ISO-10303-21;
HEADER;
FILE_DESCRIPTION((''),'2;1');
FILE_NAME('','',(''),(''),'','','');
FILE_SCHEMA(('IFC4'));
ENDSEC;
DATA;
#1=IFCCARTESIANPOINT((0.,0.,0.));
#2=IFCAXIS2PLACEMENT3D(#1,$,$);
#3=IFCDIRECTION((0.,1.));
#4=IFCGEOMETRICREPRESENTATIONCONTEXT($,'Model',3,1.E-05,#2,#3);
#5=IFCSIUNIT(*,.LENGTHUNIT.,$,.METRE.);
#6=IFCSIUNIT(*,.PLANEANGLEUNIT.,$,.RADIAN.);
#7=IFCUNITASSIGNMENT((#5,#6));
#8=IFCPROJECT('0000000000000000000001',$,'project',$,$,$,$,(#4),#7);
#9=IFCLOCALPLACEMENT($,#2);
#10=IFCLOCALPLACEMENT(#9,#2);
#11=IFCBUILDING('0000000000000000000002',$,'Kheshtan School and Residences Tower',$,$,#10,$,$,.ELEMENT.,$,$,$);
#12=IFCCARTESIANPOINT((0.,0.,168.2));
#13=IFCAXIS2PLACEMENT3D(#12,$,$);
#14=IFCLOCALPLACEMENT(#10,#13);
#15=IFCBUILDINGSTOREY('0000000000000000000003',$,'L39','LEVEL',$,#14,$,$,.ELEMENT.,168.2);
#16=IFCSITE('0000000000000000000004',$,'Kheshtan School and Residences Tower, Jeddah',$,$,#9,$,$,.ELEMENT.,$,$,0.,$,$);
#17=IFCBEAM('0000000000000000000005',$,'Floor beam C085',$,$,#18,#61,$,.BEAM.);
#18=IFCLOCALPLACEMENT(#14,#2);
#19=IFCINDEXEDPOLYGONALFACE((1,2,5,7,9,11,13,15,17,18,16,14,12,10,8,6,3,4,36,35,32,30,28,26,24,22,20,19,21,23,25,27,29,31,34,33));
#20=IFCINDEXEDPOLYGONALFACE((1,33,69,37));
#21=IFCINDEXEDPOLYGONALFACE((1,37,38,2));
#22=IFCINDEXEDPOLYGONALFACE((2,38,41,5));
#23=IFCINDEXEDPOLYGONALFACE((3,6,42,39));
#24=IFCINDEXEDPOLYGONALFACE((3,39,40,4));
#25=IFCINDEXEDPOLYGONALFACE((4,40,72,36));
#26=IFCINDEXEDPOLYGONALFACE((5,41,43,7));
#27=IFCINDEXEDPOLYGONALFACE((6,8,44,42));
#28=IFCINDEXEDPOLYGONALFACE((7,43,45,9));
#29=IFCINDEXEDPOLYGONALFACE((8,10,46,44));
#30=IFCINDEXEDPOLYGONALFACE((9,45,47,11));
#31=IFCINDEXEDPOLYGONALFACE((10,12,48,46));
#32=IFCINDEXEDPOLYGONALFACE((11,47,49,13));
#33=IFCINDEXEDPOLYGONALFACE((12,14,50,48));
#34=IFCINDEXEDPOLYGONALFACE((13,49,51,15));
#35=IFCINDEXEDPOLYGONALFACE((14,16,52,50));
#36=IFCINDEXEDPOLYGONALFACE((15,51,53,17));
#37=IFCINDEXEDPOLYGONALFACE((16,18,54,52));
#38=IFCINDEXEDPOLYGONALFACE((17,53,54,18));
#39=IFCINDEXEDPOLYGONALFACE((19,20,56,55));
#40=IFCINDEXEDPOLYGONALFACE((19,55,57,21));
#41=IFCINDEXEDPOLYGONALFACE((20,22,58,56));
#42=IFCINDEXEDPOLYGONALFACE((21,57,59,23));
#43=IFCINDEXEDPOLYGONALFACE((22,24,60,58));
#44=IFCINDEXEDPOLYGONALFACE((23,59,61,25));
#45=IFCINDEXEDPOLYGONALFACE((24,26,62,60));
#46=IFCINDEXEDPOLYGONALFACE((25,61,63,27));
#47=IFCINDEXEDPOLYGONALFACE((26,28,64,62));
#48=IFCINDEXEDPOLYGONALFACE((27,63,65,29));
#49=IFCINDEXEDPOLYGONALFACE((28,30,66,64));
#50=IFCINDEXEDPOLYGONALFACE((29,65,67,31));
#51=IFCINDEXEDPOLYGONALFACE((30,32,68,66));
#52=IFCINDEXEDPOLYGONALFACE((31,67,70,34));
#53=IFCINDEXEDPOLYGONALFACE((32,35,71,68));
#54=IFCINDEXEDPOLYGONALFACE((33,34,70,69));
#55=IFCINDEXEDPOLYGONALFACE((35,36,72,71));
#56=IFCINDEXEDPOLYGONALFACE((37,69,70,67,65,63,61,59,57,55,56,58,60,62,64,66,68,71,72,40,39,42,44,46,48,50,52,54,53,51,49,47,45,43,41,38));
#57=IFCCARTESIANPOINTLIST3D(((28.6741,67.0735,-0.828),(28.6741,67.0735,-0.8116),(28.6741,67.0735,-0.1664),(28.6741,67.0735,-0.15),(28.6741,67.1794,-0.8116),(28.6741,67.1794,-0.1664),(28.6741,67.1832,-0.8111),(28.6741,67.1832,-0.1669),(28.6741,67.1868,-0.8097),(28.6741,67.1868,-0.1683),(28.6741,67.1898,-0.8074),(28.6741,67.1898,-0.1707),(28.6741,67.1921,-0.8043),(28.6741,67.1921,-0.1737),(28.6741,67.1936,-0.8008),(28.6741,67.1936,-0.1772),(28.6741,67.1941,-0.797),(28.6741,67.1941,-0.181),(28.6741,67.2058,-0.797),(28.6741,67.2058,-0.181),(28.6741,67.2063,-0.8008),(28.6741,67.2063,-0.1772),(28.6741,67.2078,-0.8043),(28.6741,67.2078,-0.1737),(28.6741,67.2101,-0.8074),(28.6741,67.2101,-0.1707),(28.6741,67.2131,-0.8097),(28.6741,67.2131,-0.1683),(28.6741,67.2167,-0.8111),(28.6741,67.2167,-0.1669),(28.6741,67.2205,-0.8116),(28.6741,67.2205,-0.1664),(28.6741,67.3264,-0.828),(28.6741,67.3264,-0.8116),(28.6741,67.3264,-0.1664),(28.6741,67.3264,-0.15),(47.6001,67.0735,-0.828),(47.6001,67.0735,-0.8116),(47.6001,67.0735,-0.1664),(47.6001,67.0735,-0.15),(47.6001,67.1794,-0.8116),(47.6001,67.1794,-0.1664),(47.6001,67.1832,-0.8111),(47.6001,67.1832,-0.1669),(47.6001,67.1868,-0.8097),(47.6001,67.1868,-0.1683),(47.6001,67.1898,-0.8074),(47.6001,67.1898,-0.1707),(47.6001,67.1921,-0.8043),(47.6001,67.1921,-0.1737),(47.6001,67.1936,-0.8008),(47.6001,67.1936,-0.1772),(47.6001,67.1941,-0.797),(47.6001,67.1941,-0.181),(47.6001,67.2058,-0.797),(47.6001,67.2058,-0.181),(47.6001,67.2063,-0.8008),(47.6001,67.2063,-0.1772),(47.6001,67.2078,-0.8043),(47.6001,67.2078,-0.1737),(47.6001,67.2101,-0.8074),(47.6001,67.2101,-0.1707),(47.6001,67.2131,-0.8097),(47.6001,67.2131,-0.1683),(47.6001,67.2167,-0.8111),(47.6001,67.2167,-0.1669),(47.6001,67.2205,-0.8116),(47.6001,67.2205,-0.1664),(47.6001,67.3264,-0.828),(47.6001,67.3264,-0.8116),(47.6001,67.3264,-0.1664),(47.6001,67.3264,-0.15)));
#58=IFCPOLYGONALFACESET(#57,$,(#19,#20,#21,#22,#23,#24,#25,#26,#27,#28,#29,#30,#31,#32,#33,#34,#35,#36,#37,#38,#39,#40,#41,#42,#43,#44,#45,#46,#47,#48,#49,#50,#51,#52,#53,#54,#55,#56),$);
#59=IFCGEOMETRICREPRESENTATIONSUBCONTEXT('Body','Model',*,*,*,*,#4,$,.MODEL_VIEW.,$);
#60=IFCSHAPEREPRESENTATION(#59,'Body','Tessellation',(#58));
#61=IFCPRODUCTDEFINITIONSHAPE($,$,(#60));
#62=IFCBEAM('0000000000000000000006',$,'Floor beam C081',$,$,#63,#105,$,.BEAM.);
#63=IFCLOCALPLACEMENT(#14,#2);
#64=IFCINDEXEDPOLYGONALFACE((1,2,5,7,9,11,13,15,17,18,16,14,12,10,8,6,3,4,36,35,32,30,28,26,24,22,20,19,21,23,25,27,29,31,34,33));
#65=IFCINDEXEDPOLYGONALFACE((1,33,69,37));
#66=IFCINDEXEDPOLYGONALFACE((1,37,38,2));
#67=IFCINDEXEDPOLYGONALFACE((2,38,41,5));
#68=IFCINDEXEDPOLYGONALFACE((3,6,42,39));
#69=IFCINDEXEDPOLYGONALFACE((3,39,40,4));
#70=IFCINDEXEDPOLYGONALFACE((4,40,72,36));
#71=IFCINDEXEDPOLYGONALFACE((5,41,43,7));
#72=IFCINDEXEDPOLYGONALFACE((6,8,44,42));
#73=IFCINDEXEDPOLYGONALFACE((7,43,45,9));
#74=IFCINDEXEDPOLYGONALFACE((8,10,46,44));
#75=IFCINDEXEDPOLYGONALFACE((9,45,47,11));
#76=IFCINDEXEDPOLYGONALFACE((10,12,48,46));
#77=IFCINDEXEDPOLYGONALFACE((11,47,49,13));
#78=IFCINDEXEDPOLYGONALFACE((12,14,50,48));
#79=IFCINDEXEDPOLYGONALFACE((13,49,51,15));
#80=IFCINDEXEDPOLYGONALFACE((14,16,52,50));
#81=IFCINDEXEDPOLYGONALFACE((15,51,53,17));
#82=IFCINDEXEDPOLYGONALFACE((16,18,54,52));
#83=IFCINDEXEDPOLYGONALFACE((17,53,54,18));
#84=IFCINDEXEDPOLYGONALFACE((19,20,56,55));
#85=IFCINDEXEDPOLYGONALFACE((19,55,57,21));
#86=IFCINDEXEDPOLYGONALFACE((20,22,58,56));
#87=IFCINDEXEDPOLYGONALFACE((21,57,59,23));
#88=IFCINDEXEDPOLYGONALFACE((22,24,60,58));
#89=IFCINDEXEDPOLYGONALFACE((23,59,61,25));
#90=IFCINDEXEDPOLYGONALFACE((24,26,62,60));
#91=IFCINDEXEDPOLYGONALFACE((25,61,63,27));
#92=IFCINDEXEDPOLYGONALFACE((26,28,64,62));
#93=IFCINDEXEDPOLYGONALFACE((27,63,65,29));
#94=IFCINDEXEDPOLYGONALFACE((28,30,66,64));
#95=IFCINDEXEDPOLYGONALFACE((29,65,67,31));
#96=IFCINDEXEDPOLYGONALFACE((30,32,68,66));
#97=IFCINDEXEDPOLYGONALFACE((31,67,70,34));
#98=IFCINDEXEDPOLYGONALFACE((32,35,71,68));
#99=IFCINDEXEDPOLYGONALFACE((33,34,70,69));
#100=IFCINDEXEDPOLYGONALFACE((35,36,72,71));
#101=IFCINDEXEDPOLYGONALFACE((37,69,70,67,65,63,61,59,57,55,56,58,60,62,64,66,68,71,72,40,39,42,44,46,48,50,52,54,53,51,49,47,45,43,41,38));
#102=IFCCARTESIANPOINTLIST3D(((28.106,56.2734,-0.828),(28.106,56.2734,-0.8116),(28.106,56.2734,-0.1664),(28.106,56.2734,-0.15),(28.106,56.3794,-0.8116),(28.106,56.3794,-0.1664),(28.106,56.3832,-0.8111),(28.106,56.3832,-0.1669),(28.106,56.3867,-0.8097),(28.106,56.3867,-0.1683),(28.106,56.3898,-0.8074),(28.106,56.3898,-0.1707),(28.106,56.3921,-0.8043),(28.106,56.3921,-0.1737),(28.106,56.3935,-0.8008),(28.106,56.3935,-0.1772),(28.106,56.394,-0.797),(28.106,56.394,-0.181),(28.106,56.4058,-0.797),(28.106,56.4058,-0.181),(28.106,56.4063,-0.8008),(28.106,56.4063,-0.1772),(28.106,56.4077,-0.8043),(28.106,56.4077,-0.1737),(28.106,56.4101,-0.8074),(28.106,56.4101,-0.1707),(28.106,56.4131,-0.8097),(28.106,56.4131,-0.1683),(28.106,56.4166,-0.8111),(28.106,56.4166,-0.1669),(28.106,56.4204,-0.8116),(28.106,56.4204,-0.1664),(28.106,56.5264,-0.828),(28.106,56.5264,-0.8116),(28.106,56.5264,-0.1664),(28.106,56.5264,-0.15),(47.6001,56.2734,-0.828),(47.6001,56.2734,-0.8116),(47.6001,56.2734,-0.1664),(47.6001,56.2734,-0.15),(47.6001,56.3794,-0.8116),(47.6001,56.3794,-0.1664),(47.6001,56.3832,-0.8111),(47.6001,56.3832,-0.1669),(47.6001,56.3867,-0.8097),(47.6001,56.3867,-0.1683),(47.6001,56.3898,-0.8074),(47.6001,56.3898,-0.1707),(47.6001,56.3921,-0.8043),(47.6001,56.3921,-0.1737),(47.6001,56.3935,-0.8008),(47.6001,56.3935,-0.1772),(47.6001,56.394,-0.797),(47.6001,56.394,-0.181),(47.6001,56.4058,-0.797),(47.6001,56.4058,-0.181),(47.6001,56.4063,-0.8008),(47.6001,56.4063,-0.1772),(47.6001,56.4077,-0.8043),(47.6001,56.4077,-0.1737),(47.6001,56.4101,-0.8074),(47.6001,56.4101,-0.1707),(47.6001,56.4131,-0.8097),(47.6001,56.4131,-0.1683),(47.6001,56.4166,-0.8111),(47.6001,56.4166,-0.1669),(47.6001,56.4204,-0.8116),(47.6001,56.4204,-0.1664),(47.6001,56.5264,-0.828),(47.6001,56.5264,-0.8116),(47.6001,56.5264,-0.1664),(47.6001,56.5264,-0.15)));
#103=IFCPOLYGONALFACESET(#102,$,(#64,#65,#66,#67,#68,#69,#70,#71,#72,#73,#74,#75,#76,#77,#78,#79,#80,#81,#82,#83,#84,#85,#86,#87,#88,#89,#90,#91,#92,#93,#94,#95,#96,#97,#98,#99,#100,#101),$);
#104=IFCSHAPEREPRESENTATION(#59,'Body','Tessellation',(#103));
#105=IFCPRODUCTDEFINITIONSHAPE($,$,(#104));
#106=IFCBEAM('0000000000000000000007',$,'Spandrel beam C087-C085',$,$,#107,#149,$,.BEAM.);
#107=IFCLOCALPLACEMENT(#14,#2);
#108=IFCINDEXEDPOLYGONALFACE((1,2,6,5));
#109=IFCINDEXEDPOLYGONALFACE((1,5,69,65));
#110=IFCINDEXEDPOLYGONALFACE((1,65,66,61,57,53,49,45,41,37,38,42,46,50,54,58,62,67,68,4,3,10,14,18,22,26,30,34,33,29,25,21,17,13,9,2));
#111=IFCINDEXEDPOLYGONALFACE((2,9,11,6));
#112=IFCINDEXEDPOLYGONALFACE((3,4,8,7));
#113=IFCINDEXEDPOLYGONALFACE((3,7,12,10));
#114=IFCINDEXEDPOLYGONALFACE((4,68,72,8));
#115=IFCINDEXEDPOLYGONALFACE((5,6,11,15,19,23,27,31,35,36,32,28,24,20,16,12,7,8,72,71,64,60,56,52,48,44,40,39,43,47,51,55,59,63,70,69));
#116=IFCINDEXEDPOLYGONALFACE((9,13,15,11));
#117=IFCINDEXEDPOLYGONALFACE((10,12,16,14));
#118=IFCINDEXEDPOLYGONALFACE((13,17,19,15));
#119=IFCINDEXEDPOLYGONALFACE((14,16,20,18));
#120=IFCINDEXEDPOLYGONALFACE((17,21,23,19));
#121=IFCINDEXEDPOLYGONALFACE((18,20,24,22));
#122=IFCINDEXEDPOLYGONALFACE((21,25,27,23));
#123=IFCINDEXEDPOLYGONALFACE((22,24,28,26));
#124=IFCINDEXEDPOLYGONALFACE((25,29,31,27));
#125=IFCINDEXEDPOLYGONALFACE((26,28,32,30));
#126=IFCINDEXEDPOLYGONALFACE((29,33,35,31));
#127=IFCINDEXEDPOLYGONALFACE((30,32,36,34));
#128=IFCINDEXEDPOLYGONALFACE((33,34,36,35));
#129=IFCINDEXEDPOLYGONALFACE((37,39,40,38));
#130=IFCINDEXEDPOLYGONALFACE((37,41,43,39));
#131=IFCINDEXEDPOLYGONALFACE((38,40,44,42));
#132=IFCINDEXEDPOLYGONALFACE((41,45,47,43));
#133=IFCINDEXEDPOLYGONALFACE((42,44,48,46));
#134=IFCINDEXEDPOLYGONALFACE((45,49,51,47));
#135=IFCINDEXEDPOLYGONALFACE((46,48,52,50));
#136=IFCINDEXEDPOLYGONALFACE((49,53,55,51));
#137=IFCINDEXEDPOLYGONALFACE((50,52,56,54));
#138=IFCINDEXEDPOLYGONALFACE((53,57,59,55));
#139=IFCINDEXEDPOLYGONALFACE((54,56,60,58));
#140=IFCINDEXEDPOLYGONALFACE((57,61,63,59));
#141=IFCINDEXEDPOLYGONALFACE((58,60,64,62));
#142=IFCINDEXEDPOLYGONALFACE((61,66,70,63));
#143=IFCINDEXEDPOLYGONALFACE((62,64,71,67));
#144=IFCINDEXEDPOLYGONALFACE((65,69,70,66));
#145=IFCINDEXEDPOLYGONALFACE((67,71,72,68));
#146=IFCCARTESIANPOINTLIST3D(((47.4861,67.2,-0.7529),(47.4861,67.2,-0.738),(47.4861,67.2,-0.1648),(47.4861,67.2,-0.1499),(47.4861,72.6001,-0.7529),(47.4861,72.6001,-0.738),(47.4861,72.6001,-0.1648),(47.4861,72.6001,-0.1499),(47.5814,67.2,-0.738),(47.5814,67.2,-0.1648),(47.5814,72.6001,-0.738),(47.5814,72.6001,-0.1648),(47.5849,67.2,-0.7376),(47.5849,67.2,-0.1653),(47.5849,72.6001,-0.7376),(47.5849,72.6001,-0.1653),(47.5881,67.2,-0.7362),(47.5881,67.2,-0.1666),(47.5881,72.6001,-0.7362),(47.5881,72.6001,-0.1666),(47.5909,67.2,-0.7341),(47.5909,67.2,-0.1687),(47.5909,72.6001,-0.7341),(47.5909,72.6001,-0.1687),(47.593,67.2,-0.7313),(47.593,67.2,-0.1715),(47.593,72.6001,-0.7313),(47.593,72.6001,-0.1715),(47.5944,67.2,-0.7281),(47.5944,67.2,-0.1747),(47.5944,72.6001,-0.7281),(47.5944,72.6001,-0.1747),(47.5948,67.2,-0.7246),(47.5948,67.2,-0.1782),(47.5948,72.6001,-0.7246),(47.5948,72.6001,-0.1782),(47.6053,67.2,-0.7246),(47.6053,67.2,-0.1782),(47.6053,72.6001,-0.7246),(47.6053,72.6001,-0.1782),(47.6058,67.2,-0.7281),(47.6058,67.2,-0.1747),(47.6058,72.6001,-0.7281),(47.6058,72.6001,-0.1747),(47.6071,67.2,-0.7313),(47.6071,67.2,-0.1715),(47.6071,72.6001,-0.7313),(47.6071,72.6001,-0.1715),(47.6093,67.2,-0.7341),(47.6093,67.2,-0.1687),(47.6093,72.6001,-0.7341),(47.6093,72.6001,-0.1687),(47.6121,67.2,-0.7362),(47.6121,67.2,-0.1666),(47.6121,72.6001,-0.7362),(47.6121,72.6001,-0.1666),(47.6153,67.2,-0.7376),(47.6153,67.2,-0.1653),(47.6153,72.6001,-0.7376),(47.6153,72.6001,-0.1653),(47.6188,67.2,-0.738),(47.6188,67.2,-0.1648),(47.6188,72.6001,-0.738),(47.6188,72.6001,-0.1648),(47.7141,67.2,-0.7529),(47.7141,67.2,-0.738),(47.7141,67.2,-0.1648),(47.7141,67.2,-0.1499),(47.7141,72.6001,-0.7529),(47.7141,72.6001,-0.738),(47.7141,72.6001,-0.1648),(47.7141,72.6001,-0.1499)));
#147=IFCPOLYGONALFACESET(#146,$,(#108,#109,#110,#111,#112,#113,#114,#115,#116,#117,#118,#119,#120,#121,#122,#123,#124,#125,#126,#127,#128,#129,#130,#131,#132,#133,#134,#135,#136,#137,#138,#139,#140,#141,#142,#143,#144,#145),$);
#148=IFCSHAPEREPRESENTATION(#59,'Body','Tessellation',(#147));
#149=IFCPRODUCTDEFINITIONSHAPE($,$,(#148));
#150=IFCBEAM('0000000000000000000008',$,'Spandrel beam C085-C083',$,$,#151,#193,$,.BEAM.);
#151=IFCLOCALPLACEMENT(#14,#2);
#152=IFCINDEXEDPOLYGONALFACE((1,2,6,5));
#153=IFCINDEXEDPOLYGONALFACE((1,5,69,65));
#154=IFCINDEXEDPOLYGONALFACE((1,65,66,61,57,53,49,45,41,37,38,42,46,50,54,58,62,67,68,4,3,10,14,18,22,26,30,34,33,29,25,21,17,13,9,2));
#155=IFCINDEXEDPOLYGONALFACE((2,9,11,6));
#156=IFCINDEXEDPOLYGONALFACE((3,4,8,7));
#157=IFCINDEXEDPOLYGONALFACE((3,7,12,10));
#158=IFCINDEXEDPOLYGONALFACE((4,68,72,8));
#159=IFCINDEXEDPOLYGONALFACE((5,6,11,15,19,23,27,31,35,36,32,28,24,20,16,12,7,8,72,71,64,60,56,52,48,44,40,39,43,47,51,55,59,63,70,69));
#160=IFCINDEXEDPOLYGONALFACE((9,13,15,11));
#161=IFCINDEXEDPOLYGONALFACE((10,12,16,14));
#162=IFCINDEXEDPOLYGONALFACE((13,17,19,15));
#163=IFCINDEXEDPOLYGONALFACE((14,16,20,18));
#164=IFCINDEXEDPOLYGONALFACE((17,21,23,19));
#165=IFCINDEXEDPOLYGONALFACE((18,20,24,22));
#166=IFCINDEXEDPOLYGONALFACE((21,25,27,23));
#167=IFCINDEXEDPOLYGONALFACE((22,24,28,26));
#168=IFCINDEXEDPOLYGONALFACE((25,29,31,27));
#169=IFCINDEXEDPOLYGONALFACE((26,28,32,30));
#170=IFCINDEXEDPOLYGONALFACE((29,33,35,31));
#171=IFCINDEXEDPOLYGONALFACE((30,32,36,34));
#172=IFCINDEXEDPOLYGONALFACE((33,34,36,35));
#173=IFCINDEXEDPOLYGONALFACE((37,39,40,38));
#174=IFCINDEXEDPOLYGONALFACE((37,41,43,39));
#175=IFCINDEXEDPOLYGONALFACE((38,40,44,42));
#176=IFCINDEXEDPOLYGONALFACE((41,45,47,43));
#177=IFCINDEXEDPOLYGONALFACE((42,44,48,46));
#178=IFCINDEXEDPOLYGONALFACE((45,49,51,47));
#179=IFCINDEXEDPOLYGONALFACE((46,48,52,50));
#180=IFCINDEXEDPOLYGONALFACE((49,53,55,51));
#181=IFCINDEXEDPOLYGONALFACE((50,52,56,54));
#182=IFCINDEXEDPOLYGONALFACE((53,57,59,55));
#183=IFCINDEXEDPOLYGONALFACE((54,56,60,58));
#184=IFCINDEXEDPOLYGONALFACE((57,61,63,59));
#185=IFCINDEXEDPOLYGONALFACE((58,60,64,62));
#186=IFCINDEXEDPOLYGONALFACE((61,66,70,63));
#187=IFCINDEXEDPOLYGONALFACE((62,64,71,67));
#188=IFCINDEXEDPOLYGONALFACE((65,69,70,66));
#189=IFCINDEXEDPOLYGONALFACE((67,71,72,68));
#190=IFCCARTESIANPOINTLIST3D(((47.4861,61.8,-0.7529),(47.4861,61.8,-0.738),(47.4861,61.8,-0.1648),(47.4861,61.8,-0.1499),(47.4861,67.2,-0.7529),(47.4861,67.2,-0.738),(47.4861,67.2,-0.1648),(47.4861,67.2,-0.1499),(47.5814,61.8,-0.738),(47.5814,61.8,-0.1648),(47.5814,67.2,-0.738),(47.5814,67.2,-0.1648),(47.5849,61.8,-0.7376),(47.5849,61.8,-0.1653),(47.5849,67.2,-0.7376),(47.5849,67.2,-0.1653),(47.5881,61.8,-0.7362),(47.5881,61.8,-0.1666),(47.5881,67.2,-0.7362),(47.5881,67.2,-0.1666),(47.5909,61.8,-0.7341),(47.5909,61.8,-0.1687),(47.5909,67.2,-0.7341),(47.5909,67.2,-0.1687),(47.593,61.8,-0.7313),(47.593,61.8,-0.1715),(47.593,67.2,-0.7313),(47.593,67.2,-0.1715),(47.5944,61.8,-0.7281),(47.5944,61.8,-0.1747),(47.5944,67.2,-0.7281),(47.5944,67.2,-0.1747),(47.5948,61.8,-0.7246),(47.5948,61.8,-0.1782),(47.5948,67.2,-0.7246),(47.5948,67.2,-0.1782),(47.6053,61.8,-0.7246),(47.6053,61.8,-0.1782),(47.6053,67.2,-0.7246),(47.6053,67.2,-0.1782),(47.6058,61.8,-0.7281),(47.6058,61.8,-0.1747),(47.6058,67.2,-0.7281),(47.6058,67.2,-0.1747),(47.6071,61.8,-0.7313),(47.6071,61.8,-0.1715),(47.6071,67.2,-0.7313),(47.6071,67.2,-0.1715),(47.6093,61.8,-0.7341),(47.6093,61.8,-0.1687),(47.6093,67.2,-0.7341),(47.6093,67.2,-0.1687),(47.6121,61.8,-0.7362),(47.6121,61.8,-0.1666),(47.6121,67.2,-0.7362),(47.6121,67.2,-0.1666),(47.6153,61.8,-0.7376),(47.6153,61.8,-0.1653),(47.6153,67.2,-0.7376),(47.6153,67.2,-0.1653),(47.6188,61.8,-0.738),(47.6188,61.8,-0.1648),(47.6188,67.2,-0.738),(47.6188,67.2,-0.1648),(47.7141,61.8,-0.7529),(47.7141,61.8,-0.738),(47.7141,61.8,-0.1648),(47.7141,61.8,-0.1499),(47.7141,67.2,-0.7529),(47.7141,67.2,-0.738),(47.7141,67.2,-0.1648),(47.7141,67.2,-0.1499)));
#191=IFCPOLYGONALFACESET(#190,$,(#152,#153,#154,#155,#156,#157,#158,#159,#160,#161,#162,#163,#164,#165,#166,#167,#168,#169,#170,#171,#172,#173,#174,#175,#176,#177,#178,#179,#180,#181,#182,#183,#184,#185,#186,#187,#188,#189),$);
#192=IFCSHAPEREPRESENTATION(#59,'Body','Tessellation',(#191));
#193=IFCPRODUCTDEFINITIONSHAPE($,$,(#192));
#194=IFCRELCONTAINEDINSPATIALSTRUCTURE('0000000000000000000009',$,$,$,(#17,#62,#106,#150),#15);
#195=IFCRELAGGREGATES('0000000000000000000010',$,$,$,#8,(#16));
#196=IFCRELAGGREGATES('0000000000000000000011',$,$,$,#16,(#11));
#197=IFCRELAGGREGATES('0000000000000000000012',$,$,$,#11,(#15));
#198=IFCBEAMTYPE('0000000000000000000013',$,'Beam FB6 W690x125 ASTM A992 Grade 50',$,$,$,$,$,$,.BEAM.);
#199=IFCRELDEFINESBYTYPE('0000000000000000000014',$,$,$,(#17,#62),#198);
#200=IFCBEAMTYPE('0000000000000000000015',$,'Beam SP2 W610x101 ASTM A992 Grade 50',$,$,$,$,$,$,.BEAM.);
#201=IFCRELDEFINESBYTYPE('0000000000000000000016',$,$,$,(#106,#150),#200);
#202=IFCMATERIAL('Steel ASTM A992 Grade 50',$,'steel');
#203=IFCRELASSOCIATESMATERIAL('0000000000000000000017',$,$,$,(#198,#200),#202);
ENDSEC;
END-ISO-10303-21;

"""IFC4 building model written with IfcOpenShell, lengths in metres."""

from ifc_helpers import new_model, si_unit, direction, frame, origin, origin_2d, place, context, subcontext, project, spatial, i_section, extrude, material, material_profile, profile_set, type_object, element, save


model = new_model("IFC4")

# Units and contexts
model_context = context("Model", 3, precision=1e-05, world=origin(), true_north=direction((0.0, 1.0)))
body_context = subcontext(model_context, "Body", "Model", "MODEL_VIEW")
ifc_project = project(units=[si_unit("LENGTHUNIT", "METRE"), si_unit("PLANEANGLEUNIT", "RADIAN")], contexts=[model_context])

# Site, building, storey
site_placement = place(None, origin())
site = spatial("IfcSite", under=ifc_project, at=site_placement, Name="Kheshtan School and Residences Tower, Jeddah", CompositionType="ELEMENT", RefElevation=0.0)
building_placement = place(site_placement, origin())
building = spatial("IfcBuilding", under=site, at=building_placement, Name="Kheshtan School and Residences Tower", CompositionType="ELEMENT")
storey_placement = place(building_placement, frame((0.0, 0.0, 168.2)))
storey = spatial("IfcBuildingStorey", under=building, at=storey_placement, Name="L39", Description="LEVEL", CompositionType="ELEMENT", Elevation=168.2)

# Shared definitions
ifc_material_1 = material(Name="Steel ASTM A992 Grade 50", Category="steel")

# Beams
ifc_material_profile_1 = material_profile(ifc_material_1, i_section(OverallWidth=0.2529, OverallDepth=0.678, WebThickness=0.0117, FlangeThickness=0.0164, FilletRadius=0.0146, at=origin_2d()), Name="W690x125")
ifc_profile_set_1 = profile_set([ifc_material_profile_1], Name="Steel ASTM A992 Grade 50")
beam_type_1 = type_object("IfcBeamType", Name="Beam FB6 W690x125 ASTM A992 Grade 50", PredefinedType="BEAM", material=ifc_profile_set_1)
beam_1_placement = place(storey_placement, frame((47.6001, 67.2, -0.489), z_axis=(-1.0, 0.0, 0.0), x_axis=(0.0, -1.0, 0.0)))
element("IfcBeam", 1, at=beam_1_placement, inside=storey, type_object=beam_type_1, Name="Floor beam C085", PredefinedType="BEAM", context=body_context, shape_type="SweptSolid", body=[
    extrude(i_section(OverallWidth=0.2529, OverallDepth=0.678, WebThickness=0.0117, FlangeThickness=0.0164, FilletRadius=0.0146, at=origin_2d()), origin(), (0.0, 0.0, 1.0), 18.926),
])
beam_2_placement = place(storey_placement, frame((47.6001, 56.3999, -0.489), z_axis=(-1.0, 0.0, 0.0), x_axis=(0.0, -1.0, 0.0)))
element("IfcBeam", 2, at=beam_2_placement, inside=storey, type_object=beam_type_1, Name="Floor beam C081", PredefinedType="BEAM", context=body_context, shape_type="SweptSolid", body=[
    extrude(i_section(OverallWidth=0.2529, OverallDepth=0.678, WebThickness=0.0117, FlangeThickness=0.0164, FilletRadius=0.0146, at=origin_2d()), origin(), (0.0, 0.0, 1.0), 19.4941),
])
ifc_material_profile_2 = material_profile(ifc_material_1, i_section(OverallWidth=0.228, OverallDepth=0.603, WebThickness=0.0105, FlangeThickness=0.0149, FilletRadius=0.0134, at=origin_2d()), Name="W610x101")
ifc_profile_set_2 = profile_set([ifc_material_profile_2], Name="Steel ASTM A992 Grade 50")
beam_type_2 = type_object("IfcBeamType", Name="Beam SP2 W610x101 ASTM A992 Grade 50", PredefinedType="BEAM", material=ifc_profile_set_2)
beam_3_placement = place(storey_placement, frame((47.6001, 72.6001, -0.4514), z_axis=(0.0, -1.0, 0.0), x_axis=(1.0, 0.0, 0.0)))
element("IfcBeam", 3, at=beam_3_placement, inside=storey, type_object=beam_type_2, Name="Spandrel beam C087-C085", PredefinedType="BEAM", context=body_context, shape_type="SweptSolid", body=[
    extrude(i_section(OverallWidth=0.228, OverallDepth=0.603, WebThickness=0.0105, FlangeThickness=0.0149, FilletRadius=0.0134, at=origin_2d()), origin(), (0.0, 0.0, 1.0), 5.4001),
])
beam_4_placement = place(storey_placement, frame((47.6001, 67.2, -0.4514), z_axis=(0.0, -1.0, 0.0), x_axis=(1.0, 0.0, 0.0)))
element("IfcBeam", 4, at=beam_4_placement, inside=storey, type_object=beam_type_2, Name="Spandrel beam C085-C083", PredefinedType="BEAM", context=body_context, shape_type="SweptSolid", body=[
    extrude(i_section(OverallWidth=0.228, OverallDepth=0.603, WebThickness=0.0105, FlangeThickness=0.0149, FilletRadius=0.0134, at=origin_2d()), origin(), (0.0, 0.0, 1.0), 5.3999),
])

save(model, "model.ifc")
